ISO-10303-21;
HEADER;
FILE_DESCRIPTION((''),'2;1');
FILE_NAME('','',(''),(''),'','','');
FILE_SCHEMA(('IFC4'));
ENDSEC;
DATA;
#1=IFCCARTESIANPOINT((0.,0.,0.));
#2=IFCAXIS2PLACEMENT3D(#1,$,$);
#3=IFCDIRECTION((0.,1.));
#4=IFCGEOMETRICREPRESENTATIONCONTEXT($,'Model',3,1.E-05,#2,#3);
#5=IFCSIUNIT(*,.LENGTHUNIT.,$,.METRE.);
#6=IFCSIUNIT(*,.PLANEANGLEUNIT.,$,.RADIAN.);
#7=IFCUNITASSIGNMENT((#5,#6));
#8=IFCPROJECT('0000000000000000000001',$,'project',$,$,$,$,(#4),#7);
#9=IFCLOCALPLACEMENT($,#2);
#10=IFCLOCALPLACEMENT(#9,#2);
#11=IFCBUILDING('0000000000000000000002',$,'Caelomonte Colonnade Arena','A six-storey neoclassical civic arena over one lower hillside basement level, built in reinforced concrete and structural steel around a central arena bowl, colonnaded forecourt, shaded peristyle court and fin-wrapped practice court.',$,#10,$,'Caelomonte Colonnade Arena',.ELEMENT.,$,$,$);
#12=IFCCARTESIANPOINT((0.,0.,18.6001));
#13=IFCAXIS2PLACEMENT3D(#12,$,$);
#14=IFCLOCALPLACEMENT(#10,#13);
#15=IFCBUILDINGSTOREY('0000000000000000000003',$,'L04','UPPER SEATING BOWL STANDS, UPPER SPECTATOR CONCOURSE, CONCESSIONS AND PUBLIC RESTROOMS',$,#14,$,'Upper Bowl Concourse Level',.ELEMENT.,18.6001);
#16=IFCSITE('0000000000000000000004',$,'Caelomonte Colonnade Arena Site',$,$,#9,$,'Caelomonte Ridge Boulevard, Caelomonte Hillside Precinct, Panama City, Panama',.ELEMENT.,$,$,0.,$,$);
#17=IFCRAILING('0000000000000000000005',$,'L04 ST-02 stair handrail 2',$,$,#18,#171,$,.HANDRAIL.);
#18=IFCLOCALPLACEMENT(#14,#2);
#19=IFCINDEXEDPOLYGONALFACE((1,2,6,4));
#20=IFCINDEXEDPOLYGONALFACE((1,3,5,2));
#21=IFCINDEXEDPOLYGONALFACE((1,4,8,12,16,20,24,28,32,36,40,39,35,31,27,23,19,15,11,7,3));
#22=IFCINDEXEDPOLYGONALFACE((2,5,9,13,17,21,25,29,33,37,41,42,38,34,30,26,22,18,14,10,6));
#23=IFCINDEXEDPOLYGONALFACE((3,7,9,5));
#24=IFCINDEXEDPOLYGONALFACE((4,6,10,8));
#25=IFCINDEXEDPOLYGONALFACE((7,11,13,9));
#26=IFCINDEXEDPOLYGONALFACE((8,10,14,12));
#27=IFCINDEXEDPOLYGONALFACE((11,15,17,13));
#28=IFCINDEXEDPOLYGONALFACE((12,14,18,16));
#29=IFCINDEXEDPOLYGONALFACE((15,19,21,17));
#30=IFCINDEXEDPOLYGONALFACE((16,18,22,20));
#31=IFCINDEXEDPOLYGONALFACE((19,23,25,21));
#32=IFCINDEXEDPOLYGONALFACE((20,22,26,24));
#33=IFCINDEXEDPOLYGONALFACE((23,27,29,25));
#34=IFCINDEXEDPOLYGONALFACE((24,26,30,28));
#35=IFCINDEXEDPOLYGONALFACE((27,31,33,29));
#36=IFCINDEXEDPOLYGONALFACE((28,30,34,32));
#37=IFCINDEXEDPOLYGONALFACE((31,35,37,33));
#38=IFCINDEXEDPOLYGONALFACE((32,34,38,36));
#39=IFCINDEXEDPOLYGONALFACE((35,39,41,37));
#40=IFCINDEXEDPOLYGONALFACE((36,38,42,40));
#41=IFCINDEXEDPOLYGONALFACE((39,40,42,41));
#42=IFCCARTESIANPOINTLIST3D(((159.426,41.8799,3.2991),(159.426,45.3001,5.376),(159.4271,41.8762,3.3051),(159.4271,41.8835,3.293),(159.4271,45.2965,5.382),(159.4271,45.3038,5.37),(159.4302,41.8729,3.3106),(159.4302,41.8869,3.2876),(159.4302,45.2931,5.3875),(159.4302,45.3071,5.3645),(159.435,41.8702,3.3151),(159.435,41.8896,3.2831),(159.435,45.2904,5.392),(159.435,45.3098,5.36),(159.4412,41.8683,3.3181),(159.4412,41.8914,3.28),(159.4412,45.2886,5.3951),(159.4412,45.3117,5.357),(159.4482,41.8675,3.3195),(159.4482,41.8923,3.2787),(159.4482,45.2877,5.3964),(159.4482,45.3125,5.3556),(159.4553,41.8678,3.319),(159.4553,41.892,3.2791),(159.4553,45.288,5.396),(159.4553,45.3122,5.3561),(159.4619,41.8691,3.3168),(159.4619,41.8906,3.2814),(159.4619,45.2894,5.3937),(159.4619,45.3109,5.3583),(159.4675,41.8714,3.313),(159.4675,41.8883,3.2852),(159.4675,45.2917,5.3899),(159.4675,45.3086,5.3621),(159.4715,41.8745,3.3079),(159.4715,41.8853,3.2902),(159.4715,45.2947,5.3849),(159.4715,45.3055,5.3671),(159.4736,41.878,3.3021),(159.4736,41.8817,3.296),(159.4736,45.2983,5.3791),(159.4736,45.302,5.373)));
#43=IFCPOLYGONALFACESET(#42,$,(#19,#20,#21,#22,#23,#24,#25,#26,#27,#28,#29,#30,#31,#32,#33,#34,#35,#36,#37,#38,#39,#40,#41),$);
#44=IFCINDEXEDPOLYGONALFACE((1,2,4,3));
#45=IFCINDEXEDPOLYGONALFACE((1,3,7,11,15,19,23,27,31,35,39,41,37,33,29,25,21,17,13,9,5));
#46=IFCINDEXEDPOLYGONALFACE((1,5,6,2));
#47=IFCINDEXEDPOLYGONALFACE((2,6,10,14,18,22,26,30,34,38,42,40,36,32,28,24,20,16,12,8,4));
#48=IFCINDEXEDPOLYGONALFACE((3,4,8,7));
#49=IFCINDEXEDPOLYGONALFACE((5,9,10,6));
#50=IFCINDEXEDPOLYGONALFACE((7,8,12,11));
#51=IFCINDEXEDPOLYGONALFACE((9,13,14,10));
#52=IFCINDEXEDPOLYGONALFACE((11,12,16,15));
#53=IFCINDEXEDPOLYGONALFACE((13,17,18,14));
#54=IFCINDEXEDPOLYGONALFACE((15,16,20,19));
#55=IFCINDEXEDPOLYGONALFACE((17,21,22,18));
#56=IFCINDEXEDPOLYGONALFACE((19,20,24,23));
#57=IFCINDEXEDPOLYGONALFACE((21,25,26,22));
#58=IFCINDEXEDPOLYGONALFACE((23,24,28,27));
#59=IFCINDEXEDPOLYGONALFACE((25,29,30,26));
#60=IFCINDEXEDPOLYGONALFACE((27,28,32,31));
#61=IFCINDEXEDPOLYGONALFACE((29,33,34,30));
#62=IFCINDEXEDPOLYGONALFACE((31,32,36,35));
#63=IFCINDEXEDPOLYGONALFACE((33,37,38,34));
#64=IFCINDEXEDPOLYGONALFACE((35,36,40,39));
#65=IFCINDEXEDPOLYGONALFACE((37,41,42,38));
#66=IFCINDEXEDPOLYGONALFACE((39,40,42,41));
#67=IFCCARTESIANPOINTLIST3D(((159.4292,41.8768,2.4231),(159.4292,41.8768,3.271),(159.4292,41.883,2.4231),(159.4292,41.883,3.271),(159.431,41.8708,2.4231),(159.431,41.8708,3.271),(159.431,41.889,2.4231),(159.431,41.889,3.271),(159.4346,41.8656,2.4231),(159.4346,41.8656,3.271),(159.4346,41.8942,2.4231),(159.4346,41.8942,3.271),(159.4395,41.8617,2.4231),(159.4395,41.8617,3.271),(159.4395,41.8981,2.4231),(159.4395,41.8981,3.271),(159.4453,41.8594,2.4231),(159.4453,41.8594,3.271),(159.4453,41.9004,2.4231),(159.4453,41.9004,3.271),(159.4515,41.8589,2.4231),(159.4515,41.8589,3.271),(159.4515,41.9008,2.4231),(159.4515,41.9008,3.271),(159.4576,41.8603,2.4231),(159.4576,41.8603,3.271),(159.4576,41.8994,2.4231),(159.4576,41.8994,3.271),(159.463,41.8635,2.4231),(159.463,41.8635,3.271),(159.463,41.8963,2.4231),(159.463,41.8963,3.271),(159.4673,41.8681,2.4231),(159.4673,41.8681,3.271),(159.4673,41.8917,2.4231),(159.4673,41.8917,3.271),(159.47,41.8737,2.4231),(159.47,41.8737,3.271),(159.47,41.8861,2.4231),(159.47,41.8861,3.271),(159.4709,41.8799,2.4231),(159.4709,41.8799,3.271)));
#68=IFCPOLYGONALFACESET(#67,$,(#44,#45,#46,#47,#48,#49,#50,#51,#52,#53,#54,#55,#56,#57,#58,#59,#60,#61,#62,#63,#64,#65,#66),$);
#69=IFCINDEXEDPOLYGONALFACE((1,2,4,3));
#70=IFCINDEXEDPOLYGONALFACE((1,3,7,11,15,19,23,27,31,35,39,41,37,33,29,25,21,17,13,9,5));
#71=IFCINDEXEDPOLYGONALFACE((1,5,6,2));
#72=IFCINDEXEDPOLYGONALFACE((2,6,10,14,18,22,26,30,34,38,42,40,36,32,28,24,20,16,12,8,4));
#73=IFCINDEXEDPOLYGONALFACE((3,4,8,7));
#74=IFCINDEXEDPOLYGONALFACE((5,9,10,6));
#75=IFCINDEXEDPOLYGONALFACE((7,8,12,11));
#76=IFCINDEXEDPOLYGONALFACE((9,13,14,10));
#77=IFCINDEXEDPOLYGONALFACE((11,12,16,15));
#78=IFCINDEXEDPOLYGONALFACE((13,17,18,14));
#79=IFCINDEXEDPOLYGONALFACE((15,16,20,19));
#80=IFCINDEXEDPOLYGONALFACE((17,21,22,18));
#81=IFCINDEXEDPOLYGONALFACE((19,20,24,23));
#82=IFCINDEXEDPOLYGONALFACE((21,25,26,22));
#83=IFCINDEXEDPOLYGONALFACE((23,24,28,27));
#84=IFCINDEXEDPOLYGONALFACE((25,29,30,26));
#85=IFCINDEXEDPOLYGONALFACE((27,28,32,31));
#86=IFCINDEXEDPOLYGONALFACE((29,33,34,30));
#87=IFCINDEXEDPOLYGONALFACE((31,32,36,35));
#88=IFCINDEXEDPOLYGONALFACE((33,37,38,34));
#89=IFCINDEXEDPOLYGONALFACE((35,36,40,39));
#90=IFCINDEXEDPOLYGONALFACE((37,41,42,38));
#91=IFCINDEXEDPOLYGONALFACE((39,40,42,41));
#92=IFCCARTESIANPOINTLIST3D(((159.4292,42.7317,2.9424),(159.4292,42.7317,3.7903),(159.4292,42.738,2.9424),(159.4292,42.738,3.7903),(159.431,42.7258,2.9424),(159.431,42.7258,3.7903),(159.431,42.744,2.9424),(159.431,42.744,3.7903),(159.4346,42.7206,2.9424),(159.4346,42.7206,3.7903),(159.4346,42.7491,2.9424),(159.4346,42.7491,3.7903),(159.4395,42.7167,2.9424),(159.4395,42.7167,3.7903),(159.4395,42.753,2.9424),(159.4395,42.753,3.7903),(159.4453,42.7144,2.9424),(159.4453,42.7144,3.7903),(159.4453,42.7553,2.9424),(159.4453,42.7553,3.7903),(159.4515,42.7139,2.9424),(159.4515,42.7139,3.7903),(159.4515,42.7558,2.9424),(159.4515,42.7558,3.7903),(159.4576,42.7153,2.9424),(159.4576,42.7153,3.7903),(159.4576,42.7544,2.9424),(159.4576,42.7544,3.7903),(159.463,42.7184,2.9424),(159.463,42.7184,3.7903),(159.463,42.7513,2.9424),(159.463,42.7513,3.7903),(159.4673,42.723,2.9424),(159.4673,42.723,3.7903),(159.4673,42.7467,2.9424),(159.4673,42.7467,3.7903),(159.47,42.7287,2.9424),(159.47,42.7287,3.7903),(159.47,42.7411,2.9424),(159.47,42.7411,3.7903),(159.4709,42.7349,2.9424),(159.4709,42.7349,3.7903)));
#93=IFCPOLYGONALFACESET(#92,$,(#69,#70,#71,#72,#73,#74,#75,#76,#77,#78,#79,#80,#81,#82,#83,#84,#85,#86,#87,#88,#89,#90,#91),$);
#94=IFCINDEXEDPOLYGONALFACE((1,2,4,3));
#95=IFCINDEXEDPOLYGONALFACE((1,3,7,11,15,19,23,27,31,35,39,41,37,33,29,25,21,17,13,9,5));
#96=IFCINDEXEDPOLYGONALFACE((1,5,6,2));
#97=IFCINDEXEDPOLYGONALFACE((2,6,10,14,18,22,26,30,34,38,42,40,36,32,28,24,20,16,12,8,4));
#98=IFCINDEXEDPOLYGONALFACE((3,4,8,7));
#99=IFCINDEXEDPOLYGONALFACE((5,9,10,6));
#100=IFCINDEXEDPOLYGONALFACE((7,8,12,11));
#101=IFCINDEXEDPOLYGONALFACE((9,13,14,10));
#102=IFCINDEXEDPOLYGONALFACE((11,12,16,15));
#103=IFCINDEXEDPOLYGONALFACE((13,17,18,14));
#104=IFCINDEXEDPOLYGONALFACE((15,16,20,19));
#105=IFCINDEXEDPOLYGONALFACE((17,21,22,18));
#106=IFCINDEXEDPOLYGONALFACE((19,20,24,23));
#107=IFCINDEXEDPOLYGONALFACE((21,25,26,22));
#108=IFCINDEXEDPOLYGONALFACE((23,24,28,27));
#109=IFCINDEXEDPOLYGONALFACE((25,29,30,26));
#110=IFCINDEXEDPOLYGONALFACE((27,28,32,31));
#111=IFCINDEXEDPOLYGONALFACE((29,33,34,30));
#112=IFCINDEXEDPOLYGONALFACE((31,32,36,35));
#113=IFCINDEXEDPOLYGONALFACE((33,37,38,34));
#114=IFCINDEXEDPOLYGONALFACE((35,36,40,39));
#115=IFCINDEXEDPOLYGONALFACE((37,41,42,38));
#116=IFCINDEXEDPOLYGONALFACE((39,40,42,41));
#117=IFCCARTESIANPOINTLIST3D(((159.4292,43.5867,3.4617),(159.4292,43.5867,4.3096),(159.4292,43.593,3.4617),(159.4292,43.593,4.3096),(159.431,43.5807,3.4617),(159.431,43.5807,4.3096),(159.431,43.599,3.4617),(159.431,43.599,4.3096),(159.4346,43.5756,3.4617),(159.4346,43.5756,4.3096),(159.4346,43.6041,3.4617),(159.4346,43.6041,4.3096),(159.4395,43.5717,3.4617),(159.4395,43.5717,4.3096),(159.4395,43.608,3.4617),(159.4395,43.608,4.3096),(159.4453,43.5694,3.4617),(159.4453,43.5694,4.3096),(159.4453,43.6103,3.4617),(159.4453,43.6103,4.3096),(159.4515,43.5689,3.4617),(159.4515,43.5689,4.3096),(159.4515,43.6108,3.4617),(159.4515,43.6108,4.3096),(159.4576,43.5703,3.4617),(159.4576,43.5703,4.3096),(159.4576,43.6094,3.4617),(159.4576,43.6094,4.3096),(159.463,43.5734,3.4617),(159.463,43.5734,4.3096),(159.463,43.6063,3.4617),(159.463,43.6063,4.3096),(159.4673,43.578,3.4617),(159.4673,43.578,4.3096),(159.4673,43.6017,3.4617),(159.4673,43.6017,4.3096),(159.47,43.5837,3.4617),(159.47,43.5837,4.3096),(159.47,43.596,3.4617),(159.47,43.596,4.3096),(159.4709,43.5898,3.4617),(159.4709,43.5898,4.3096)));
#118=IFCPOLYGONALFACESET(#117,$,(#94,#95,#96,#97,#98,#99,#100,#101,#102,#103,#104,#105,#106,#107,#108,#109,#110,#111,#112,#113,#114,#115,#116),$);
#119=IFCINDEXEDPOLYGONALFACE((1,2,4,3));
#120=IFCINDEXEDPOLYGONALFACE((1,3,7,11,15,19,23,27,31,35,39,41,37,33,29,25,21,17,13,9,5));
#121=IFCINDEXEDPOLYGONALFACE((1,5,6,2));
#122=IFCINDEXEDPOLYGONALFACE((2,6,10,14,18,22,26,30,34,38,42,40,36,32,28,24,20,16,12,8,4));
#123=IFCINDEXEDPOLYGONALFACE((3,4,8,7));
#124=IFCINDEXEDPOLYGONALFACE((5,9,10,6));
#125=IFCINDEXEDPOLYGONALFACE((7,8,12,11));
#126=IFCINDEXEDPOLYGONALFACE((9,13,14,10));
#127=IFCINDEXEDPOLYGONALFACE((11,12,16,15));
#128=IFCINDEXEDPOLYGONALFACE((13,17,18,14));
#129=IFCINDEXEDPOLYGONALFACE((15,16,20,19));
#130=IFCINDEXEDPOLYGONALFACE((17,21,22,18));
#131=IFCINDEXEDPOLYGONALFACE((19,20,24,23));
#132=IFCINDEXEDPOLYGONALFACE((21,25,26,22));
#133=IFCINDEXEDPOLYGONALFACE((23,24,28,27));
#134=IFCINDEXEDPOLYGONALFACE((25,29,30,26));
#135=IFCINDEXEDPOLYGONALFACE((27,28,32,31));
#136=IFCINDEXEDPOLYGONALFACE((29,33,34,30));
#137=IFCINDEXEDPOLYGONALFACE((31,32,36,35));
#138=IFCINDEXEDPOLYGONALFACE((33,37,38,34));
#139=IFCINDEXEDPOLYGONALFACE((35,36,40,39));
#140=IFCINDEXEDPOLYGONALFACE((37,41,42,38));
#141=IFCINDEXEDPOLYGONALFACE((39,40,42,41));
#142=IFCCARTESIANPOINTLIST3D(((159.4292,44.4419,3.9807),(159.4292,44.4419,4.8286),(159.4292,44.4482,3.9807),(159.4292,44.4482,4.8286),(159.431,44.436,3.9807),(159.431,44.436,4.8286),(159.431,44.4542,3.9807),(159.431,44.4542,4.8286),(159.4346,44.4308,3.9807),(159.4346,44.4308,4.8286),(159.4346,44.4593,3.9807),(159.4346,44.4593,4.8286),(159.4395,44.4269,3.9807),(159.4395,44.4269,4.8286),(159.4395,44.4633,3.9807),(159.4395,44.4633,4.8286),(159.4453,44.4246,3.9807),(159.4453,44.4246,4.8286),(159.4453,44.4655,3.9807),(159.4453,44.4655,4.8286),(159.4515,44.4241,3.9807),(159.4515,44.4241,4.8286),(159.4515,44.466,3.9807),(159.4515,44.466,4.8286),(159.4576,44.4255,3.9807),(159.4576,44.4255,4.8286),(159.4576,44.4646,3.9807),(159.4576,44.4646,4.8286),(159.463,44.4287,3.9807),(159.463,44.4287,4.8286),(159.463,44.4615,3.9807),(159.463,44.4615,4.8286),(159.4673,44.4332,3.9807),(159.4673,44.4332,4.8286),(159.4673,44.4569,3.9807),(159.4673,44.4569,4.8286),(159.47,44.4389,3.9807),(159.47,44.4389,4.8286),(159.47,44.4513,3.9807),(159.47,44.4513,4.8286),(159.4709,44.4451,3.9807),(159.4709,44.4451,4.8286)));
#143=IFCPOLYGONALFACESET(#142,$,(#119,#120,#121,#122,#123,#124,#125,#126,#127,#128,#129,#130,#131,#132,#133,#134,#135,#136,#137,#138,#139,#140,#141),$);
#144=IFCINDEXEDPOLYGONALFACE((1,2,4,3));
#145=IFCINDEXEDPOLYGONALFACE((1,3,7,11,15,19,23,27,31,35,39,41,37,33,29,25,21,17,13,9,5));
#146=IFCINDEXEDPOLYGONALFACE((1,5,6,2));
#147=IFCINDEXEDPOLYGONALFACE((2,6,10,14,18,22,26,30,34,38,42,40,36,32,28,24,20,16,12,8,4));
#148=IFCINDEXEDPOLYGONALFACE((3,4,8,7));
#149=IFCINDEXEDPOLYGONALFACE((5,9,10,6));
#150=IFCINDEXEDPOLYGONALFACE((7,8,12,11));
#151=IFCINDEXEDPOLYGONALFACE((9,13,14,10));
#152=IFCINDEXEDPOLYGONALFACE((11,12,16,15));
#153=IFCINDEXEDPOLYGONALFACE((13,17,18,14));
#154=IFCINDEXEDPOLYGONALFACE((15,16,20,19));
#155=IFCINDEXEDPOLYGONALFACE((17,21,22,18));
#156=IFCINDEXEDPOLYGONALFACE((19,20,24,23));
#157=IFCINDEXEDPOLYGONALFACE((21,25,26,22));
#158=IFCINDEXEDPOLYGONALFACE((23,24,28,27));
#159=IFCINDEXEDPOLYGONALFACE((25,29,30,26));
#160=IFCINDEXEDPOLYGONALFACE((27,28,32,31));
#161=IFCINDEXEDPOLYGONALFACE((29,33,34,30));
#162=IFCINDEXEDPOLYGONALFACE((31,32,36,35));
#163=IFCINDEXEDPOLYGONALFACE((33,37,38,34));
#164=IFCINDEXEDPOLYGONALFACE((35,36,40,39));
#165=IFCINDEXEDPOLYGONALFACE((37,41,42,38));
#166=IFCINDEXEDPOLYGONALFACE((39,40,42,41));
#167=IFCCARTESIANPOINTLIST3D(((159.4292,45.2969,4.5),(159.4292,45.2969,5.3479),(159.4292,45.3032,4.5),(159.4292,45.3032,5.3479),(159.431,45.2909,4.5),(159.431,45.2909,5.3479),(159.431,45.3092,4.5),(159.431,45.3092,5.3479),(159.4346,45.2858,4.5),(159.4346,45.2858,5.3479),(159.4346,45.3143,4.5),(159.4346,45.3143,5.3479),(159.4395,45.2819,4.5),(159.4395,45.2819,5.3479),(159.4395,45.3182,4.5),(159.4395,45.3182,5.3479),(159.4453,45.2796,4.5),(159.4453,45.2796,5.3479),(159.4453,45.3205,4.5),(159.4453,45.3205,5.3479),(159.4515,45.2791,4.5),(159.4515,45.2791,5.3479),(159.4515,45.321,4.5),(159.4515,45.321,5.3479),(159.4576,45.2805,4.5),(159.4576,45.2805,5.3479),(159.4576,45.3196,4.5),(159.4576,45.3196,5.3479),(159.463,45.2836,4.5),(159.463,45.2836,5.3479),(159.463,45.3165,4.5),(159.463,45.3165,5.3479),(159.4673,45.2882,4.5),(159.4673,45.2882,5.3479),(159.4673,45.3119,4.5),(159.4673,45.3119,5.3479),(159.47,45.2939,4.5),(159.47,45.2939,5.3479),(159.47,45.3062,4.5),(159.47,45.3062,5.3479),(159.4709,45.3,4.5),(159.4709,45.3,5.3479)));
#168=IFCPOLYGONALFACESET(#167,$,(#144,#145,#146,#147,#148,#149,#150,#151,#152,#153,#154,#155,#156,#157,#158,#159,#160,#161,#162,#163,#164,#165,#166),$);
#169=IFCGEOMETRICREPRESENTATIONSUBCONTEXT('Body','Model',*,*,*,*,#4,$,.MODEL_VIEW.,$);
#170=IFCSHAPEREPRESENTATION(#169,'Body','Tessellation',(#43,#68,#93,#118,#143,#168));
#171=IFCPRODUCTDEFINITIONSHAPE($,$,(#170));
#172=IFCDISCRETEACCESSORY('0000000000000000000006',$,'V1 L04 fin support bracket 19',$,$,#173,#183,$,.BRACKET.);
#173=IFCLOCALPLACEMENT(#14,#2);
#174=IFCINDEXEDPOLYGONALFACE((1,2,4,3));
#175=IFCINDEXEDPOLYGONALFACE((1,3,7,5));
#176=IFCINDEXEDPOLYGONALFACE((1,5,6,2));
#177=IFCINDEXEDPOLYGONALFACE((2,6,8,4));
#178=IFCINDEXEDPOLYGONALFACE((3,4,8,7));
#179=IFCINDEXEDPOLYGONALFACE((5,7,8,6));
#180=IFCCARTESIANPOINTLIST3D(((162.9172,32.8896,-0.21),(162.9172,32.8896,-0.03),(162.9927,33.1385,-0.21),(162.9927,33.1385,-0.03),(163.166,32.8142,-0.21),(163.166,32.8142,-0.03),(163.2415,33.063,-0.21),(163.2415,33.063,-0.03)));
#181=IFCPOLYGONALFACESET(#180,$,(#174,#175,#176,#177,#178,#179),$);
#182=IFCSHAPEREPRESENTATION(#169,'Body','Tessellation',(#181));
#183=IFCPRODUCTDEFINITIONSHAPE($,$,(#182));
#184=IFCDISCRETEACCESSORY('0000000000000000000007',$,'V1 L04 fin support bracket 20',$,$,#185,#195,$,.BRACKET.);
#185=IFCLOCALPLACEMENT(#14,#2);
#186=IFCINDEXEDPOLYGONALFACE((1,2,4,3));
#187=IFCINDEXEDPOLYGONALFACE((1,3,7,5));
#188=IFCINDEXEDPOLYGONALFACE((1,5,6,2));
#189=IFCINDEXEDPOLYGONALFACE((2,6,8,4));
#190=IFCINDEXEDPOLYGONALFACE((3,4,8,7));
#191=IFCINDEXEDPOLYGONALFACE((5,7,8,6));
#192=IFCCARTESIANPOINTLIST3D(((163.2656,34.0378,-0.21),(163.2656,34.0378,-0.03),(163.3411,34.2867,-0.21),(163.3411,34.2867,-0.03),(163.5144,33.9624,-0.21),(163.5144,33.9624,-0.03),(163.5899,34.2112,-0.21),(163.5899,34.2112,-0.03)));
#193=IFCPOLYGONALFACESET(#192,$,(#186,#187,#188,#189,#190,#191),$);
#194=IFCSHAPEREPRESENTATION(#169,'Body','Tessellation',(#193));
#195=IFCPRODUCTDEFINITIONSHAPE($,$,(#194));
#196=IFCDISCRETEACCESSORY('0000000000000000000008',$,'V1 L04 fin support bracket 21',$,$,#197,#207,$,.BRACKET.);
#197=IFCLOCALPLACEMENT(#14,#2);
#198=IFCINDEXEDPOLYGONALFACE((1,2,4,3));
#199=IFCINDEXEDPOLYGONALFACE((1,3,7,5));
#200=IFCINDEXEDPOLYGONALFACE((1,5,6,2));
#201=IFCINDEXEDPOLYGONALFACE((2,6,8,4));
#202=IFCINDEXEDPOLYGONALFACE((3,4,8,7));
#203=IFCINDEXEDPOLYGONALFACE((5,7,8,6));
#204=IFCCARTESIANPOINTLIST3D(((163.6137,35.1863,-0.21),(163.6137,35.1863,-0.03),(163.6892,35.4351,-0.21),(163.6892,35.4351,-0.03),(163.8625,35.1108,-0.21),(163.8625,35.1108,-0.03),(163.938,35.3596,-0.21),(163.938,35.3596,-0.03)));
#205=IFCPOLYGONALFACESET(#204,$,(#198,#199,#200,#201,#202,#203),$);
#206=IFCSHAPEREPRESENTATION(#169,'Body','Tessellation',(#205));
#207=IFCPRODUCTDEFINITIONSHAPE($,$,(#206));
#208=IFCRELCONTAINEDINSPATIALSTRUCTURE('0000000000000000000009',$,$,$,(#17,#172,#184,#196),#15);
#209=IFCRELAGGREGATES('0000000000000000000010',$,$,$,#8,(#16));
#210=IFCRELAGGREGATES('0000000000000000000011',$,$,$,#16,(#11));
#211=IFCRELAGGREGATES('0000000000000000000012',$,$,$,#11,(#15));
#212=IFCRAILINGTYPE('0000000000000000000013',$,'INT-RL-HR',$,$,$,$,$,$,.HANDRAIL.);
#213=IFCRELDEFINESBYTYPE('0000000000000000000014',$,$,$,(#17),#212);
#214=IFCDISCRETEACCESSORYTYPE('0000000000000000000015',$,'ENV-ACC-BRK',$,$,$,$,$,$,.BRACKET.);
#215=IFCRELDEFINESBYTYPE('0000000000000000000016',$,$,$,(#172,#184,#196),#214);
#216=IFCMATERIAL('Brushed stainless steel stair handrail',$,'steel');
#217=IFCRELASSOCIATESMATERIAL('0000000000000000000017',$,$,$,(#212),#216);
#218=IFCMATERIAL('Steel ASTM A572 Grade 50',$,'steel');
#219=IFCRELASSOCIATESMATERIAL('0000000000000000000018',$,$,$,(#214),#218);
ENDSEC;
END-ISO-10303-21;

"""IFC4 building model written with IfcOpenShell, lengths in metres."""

from ifc_helpers import new_model, si_unit, direction, frame, origin, origin_2d, place, context, subcontext, project, spatial, rectangle, circle, extrude, material, type_object, element, save


model = new_model("IFC4")

# Units and contexts
model_context = context("Model", 3, precision=1e-05, world=origin(), true_north=direction((0.0, 1.0)))
body_context = subcontext(model_context, "Body", "Model", "MODEL_VIEW")
ifc_project = project(units=[si_unit("LENGTHUNIT", "METRE"), si_unit("PLANEANGLEUNIT", "RADIAN")], contexts=[model_context])

# Site, building, storey
site_placement = place(None, origin())
site = spatial("IfcSite", under=ifc_project, at=site_placement, Name="Caelomonte Colonnade Arena Site", LongName="Caelomonte Ridge Boulevard, Caelomonte Hillside Precinct, Panama City, Panama", CompositionType="ELEMENT", RefElevation=0.0)
building_placement = place(site_placement, origin())
building = spatial("IfcBuilding", under=site, at=building_placement, Name="Caelomonte Colonnade Arena", Description="A six-storey neoclassical civic arena over one lower hillside basement level, built in reinforced concrete and structural steel around a central arena bowl, colonnaded forecourt, shaded peristyle court and fin-wrapped practice court.", LongName="Caelomonte Colonnade Arena", CompositionType="ELEMENT")
storey_placement = place(building_placement, frame((0.0, 0.0, 18.6001)))
storey = spatial("IfcBuildingStorey", under=building, at=storey_placement, Name="L04", Description="UPPER SEATING BOWL STANDS, UPPER SPECTATOR CONCOURSE, CONCESSIONS AND PUBLIC RESTROOMS", LongName="Upper Bowl Concourse Level", CompositionType="ELEMENT", Elevation=18.6001)

# Railing
ifc_material_1 = material(Name="Brushed stainless steel stair handrail", Category="steel")
railing_type_1 = type_object("IfcRailingType", Name="INT-RL-HR", PredefinedType="HANDRAIL", material=ifc_material_1)
railing_1_placement = place(storey_placement, frame((159.45, 41.8799, 2.4231)))
element("IfcRailing", 1, at=railing_1_placement, inside=storey, type_object=railing_type_1, Name="L04 ST-02 stair handrail 2", PredefinedType="HANDRAIL", context=body_context, shape_type="SweptSolid", body=[
    extrude(circle(Radius=0.0239, at=origin_2d()), frame((0.0, 0.0, 0.876), z_axis=(0.0, 0.854746, 0.519047), x_axis=(-1.0, 0.0, 0.0)), (0.0, 0.0, 1.0), 4.0015),
    extrude(circle(Radius=0.021, at=origin_2d()), origin(), (0.0, 0.0, 1.0), 0.8479),
    extrude(circle(Radius=0.021, at=origin_2d()), frame((0.0, 0.855, 0.5193)), (0.0, 0.0, 1.0), 0.8479),
    extrude(circle(Radius=0.021, at=origin_2d()), frame((0.0, 1.71, 1.0386)), (0.0, 0.0, 1.0), 0.8479),
    extrude(circle(Radius=0.021, at=origin_2d()), frame((0.0, 2.5652, 1.5576)), (0.0, 0.0, 1.0), 0.8479),
    extrude(circle(Radius=0.021, at=origin_2d()), frame((0.0, 3.4202, 2.0769)), (0.0, 0.0, 1.0), 0.8479),
])

# Discrete accessories
ifc_material_2 = material(Name="Steel ASTM A572 Grade 50", Category="steel")
discrete_accessory_type = type_object("IfcDiscreteAccessoryType", Name="ENV-ACC-BRK", PredefinedType="BRACKET", material=ifc_material_2)
for number, where, z_axis, x_axis, name in (
    (2, (163.0793, 32.9763, -0.21), (0.0, 0.0, 1.0), (0.290276, 0.956943, 0.0), "V1 L04 fin support bracket 19"),
    (3, (163.4277, 34.1245, -0.21), (0.0, 0.0, 1.0), (0.290276, 0.956943, 0.0), "V1 L04 fin support bracket 20"),
    (4, (163.7759, 35.2729, -0.21), (0.0, 0.0, 1.0), (0.290276, 0.956943, 0.0), "V1 L04 fin support bracket 21"),
):
    element("IfcDiscreteAccessory", number, at=place(storey_placement, frame(where, z_axis=z_axis, x_axis=x_axis)), inside=storey, type_object=discrete_accessory_type, Name=name, PredefinedType="BRACKET", context=body_context, shape_type="SweptSolid", body=[
        extrude(rectangle(XDim=0.26, YDim=0.26, at=origin_2d()), origin(), (0.0, 0.0, 1.0), 0.1799),
    ])

save(model, "model.ifc")
